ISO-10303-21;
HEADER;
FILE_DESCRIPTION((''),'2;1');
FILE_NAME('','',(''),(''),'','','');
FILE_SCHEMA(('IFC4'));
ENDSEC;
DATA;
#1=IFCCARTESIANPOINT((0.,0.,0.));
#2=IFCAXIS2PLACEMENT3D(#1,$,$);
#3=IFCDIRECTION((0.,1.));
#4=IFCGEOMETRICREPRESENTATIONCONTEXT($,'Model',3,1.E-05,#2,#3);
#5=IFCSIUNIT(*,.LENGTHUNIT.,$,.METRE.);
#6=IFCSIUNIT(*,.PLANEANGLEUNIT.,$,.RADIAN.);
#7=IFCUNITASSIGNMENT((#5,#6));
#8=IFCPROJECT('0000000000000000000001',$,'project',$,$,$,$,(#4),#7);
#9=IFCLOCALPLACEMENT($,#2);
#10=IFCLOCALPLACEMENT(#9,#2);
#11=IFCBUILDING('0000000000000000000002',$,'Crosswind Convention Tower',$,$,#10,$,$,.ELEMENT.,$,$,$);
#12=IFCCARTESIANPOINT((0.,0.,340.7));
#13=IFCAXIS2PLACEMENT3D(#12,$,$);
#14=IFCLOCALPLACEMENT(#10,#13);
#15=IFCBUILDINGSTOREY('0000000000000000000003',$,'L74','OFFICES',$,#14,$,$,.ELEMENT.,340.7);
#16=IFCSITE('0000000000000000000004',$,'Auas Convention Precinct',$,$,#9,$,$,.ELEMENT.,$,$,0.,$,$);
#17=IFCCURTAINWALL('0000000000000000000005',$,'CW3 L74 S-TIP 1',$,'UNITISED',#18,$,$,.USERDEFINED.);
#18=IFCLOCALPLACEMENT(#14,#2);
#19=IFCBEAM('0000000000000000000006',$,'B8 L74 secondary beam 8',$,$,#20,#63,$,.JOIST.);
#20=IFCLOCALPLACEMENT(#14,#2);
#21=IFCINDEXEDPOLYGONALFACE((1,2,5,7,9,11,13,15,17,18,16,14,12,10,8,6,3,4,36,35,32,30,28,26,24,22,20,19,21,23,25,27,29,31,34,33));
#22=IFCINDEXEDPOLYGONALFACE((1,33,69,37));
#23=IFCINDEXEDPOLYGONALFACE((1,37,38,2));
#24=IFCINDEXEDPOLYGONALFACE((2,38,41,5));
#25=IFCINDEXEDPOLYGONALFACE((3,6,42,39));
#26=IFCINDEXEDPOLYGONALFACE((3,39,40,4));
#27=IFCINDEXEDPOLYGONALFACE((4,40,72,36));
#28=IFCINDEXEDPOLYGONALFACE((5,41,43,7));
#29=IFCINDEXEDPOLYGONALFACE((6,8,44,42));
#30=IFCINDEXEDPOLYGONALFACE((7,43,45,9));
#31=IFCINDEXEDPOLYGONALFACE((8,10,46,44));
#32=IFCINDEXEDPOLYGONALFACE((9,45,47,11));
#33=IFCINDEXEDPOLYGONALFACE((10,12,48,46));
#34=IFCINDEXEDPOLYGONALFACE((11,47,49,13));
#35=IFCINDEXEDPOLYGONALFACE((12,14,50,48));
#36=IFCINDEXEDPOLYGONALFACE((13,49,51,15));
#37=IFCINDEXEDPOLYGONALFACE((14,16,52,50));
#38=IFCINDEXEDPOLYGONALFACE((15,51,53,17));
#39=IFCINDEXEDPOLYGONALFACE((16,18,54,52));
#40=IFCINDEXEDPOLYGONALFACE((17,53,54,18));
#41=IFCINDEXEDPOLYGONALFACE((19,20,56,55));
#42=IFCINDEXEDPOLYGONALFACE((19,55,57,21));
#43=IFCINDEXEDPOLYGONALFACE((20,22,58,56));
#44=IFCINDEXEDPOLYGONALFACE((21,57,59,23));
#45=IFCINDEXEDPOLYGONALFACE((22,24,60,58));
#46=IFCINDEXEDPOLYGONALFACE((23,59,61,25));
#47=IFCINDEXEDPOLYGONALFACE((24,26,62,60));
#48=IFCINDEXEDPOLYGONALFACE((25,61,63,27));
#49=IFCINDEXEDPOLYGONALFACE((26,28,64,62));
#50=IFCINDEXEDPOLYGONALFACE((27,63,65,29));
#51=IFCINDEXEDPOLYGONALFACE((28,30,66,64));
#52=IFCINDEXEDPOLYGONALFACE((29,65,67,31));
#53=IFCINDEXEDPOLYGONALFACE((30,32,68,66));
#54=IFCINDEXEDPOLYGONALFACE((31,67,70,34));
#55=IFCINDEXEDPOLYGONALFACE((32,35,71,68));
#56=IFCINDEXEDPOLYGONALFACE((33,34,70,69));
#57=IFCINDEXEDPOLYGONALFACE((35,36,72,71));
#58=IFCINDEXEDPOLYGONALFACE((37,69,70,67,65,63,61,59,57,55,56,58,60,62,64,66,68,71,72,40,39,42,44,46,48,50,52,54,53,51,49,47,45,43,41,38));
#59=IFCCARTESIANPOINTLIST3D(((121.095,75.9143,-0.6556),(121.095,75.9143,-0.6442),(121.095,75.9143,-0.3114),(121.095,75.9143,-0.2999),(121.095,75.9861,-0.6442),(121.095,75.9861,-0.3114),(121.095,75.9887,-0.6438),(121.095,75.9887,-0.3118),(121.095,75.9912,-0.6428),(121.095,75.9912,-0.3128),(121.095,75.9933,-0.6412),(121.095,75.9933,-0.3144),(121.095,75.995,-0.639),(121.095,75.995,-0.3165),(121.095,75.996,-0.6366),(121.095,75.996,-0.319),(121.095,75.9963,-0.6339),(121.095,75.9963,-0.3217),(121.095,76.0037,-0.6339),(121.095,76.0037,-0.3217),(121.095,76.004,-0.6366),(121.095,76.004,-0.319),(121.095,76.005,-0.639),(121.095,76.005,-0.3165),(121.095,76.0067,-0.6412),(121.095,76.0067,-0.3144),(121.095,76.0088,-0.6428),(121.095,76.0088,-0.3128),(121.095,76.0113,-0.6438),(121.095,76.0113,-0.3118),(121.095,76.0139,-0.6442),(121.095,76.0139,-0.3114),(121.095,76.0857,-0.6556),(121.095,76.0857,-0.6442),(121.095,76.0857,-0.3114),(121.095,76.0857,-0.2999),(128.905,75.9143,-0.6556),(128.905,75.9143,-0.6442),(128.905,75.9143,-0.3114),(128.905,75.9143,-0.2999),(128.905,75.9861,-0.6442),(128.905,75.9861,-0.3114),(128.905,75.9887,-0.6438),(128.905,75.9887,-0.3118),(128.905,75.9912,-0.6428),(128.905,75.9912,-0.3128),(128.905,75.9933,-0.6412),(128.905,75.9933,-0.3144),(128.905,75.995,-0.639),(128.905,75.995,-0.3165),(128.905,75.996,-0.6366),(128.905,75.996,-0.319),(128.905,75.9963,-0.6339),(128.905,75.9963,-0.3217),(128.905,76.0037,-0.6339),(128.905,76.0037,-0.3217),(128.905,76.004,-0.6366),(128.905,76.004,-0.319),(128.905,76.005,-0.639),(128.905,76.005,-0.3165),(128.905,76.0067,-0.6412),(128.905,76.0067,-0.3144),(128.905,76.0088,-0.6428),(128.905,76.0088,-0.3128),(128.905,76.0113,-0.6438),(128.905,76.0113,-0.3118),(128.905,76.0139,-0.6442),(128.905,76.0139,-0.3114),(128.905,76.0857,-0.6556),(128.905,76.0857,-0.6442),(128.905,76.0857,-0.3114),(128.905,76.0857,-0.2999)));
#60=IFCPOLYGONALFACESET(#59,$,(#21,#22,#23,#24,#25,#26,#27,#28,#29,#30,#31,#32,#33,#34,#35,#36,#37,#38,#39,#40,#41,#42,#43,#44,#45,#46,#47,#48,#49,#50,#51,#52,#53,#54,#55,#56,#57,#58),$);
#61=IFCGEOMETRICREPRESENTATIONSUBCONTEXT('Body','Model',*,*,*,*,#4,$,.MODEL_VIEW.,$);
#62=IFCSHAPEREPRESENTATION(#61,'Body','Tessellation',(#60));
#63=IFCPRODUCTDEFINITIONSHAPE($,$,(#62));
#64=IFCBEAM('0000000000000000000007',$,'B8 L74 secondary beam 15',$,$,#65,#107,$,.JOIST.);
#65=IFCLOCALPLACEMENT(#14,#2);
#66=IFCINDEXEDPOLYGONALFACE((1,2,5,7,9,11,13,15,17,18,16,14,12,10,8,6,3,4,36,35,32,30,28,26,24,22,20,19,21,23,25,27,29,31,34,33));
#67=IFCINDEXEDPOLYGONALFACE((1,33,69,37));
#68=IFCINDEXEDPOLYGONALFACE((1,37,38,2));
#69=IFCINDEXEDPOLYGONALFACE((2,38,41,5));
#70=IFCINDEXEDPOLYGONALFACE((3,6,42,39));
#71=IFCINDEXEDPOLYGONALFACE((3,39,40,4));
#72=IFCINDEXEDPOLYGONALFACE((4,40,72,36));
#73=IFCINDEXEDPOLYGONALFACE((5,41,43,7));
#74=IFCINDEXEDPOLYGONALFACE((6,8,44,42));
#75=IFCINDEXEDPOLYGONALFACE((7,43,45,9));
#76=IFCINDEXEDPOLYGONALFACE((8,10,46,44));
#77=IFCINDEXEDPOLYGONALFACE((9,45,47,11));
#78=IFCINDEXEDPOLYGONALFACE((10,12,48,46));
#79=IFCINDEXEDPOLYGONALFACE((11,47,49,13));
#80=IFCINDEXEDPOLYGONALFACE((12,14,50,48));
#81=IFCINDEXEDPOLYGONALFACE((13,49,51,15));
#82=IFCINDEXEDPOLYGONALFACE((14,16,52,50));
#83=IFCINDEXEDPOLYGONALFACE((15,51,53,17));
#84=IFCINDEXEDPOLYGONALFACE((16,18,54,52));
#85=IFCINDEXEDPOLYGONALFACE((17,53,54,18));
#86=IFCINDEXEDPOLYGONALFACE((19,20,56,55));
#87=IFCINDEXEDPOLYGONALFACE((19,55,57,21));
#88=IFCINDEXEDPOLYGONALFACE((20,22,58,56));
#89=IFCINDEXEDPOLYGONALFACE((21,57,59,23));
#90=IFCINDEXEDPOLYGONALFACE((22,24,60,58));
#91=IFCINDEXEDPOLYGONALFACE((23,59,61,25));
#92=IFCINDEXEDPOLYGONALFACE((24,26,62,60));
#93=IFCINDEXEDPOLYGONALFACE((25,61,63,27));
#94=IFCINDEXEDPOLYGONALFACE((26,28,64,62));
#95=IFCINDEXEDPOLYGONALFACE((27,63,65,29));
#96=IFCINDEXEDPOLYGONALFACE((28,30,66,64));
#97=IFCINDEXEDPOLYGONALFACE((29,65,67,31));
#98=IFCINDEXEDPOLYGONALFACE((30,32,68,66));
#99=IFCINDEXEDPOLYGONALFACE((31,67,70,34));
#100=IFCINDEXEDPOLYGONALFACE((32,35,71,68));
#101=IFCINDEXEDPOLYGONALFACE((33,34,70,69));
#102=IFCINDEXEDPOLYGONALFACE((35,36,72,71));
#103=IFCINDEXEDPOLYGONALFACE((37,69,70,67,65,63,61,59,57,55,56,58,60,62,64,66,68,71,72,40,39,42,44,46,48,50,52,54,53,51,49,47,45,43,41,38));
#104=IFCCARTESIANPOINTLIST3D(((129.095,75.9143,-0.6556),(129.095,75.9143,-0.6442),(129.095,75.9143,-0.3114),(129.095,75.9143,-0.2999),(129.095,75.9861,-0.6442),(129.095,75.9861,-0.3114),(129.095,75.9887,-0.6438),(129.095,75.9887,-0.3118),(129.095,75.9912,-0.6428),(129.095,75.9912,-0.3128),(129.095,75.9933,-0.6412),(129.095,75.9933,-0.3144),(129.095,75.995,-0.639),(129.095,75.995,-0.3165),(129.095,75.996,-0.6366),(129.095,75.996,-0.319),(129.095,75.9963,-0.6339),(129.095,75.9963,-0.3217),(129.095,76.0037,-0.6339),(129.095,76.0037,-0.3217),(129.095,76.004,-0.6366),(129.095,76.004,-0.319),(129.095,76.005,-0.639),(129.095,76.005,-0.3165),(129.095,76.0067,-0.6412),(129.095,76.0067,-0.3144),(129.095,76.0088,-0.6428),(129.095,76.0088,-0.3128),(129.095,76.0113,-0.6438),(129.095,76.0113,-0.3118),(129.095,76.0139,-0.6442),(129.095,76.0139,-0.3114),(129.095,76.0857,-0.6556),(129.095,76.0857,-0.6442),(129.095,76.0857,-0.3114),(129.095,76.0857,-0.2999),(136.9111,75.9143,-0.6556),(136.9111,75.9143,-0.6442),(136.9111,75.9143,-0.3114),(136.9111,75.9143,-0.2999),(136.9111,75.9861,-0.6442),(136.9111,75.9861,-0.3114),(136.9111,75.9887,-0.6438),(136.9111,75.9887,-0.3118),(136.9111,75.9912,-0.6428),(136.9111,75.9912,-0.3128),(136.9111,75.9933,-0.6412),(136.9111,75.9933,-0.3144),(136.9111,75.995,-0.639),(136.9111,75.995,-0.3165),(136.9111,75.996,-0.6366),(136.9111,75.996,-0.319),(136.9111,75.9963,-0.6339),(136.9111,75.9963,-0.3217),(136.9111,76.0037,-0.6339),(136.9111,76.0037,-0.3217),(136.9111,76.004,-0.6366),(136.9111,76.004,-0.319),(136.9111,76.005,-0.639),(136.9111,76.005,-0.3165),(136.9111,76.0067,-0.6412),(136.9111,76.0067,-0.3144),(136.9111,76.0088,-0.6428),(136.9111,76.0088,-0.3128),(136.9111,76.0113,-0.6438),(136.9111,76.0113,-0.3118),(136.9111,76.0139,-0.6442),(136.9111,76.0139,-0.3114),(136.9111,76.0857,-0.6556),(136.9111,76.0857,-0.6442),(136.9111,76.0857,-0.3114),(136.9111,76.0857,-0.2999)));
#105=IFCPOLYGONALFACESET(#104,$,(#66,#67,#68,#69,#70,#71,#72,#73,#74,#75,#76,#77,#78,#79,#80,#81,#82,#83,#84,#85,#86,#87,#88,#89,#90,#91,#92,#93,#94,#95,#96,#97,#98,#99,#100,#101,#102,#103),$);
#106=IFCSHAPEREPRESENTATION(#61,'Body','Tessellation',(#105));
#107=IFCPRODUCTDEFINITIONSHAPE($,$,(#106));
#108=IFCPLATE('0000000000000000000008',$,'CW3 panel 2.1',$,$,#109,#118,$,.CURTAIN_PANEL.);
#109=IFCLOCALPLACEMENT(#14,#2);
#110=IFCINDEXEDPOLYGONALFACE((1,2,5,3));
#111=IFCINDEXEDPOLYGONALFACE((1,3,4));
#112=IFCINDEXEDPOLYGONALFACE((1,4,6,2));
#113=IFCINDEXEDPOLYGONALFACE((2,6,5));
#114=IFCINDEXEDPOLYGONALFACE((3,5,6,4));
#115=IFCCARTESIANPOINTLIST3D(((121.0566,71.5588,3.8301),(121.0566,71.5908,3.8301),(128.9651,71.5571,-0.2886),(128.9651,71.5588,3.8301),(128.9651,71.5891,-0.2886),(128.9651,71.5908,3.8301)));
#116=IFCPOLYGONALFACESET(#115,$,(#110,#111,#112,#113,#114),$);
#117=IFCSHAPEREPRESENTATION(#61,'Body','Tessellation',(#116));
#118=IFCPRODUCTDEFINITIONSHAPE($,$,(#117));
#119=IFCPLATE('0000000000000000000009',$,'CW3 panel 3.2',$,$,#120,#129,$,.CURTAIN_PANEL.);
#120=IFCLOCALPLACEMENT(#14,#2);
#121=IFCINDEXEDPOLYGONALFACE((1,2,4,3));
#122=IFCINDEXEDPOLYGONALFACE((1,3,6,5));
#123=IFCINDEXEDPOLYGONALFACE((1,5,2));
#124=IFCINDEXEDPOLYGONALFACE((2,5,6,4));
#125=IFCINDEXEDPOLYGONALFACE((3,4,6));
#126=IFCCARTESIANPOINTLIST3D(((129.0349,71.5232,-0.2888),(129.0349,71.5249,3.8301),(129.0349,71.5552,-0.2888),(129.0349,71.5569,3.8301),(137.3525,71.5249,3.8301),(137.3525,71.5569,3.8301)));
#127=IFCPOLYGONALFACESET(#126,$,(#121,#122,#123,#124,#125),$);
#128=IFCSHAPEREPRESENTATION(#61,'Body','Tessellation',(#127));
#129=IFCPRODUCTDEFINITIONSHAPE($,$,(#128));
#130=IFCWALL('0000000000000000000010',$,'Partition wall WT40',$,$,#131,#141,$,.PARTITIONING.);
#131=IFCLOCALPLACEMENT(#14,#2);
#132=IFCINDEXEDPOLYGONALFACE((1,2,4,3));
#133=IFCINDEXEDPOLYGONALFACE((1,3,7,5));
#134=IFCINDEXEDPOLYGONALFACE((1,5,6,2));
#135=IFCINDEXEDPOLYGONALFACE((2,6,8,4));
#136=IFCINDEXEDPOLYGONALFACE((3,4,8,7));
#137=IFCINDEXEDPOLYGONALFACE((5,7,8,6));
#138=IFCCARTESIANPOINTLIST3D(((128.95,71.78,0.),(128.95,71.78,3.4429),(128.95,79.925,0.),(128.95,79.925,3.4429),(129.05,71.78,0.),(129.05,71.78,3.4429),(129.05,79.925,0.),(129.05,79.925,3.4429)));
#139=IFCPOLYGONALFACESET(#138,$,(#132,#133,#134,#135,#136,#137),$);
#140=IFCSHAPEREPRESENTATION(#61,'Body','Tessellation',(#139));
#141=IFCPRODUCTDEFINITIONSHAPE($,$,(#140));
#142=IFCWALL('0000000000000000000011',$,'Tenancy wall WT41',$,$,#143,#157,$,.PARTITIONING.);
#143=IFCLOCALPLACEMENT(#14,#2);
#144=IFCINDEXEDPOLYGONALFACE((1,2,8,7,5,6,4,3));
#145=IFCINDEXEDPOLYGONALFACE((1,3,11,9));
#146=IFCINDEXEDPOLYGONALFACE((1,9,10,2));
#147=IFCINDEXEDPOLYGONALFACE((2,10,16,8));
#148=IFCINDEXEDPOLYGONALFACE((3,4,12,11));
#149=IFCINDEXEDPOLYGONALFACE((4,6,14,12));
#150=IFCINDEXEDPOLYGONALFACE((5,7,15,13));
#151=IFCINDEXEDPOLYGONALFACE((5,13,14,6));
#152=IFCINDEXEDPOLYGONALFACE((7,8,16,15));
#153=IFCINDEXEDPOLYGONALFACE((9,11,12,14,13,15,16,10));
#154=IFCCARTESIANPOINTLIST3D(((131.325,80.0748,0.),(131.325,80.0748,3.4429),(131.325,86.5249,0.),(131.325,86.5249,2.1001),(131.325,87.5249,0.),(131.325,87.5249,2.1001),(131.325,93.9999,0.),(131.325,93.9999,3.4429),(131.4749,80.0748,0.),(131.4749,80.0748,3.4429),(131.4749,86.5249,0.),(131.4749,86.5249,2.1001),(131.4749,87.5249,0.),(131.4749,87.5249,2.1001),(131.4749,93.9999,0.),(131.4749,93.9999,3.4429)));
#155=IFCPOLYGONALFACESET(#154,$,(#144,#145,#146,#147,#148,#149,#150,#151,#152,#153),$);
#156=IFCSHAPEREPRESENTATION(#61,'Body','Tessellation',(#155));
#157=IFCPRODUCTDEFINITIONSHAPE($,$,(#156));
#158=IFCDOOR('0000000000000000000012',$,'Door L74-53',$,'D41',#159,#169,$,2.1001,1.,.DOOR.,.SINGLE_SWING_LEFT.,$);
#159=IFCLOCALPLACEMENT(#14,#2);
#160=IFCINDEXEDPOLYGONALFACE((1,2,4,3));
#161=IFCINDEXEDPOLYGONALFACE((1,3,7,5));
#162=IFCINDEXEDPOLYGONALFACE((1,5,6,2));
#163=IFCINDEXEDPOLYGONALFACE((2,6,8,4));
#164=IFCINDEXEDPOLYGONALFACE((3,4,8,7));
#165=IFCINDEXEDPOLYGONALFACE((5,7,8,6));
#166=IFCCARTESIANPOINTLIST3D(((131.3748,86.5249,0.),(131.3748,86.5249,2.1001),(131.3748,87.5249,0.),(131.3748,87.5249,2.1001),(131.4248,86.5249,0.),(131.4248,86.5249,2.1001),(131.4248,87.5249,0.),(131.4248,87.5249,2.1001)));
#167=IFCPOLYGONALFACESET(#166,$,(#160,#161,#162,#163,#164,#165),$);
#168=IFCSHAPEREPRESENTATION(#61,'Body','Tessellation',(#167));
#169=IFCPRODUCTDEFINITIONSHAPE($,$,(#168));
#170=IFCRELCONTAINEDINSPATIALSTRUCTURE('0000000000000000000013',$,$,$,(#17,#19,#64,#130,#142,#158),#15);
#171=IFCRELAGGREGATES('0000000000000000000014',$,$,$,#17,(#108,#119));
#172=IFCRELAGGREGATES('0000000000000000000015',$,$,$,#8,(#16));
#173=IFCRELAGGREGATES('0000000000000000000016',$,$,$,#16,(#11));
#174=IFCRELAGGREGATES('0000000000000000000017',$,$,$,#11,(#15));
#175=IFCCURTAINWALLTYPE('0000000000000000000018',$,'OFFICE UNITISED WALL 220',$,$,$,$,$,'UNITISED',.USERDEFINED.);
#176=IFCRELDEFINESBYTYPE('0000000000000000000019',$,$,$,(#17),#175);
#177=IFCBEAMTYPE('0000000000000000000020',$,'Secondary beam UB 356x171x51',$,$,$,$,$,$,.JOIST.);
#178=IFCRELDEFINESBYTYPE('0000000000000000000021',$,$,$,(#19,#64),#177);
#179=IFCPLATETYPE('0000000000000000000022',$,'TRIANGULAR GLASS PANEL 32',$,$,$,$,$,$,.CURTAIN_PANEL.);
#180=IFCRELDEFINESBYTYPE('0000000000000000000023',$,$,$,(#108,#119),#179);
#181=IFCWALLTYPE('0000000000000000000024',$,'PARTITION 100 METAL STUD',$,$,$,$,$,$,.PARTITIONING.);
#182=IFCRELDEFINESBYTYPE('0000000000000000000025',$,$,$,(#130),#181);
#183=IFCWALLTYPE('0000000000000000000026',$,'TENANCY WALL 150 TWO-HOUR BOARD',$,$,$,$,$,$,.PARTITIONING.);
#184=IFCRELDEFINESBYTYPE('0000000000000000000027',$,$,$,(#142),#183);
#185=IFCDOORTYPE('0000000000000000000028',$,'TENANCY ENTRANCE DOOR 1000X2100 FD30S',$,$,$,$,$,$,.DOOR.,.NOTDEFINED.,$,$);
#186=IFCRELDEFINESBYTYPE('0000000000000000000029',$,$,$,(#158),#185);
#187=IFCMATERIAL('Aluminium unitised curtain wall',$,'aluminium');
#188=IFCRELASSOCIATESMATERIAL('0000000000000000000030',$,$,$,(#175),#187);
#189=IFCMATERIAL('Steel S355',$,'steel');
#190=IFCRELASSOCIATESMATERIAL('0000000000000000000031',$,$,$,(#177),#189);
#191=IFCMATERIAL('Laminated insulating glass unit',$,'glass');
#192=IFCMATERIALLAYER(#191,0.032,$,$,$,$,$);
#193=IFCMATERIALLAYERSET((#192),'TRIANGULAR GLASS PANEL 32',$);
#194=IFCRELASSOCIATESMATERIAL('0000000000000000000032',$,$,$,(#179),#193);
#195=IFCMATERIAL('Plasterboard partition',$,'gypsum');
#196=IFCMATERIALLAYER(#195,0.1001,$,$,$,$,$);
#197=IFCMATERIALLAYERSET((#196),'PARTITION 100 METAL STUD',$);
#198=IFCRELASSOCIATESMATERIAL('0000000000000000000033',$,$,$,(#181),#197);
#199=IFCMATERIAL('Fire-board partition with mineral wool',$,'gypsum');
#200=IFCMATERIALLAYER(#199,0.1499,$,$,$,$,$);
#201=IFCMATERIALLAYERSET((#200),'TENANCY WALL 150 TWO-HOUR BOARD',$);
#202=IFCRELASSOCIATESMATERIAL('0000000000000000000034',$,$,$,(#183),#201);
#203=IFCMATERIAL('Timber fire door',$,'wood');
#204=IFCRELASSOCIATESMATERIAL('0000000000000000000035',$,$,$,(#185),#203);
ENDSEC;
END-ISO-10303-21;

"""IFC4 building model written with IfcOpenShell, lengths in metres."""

from ifc_helpers import new_model, si_unit, direction, frame, frame_2d, origin, origin_2d, place, context, subcontext, project, spatial, polyline, rectangle, i_section, outline, extrude, material, layer, layer_set, material_profile, profile_set, type_object, element, fill, aggregate, save


model = new_model("IFC4")

# Units and contexts
model_context = context("Model", 3, precision=1e-05, world=origin(), true_north=direction((0.0, 1.0)))
body_context = subcontext(model_context, "Body", "Model", "MODEL_VIEW")
ifc_project = project(units=[si_unit("LENGTHUNIT", "METRE"), si_unit("PLANEANGLEUNIT", "RADIAN")], contexts=[model_context])

# Site, building, storey
site_placement = place(None, origin())
site = spatial("IfcSite", under=ifc_project, at=site_placement, Name="Auas Convention Precinct", CompositionType="ELEMENT", RefElevation=0.0)
building_placement = place(site_placement, origin())
building = spatial("IfcBuilding", under=site, at=building_placement, Name="Crosswind Convention Tower", CompositionType="ELEMENT")
storey_placement = place(building_placement, frame((0.0, 0.0, 340.7)))
storey = spatial("IfcBuildingStorey", under=building, at=storey_placement, Name="L74", Description="OFFICES", CompositionType="ELEMENT", Elevation=340.7)

# Shared definitions
ifc_material_1 = material(Name="Steel S355", Category="steel")

# Curtain wall
ifc_material_2 = material(Name="Aluminium unitised curtain wall", Category="aluminium")
curtain_wall_type = type_object("IfcCurtainWallType", Name="OFFICE UNITISED WALL 220", ElementType="UNITISED", PredefinedType="USERDEFINED", material=ifc_material_2)
curtain_wall_placement = place(storey_placement, origin())
curtain_wall = element("IfcCurtainWall", 1, at=curtain_wall_placement, inside=storey, type_object=curtain_wall_type, Name="CW3 L74 S-TIP 1", ObjectType="UNITISED", PredefinedType="USERDEFINED")

# Beams
ifc_material_profile_1 = material_profile(ifc_material_1, i_section(OverallWidth=0.1714, OverallDepth=0.3557, WebThickness=0.0073, FlangeThickness=0.0115, FilletRadius=0.0103, at=origin_2d()), Name="UB 356x171x51")
ifc_profile_set_1 = profile_set([ifc_material_profile_1], Name="Steel S355")
beam_type_1 = type_object("IfcBeamType", Name="Secondary beam UB 356x171x51", PredefinedType="JOIST", material=ifc_profile_set_1)
beam_1_placement = place(storey_placement, frame((121.095, 76.0, -0.4778), z_axis=(1.0, 0.0, 0.0), x_axis=(0.0, 1.0, 0.0)))
element("IfcBeam", 2, at=beam_1_placement, inside=storey, type_object=beam_type_1, Name="B8 L74 secondary beam 8", PredefinedType="JOIST", context=body_context, shape_type="SweptSolid", body=[
    extrude(i_section(OverallWidth=0.1714, OverallDepth=0.3557, WebThickness=0.0073, FlangeThickness=0.0115, FilletRadius=0.0103, at=origin_2d()), origin(), (0.0, 0.0, 1.0), 7.8101),
])
beam_2_placement = place(storey_placement, frame((129.095, 76.0, -0.4778), z_axis=(1.0, 0.0, 0.0), x_axis=(0.0, 1.0, 0.0)))
element("IfcBeam", 3, at=beam_2_placement, inside=storey, type_object=beam_type_1, Name="B8 L74 secondary beam 15", PredefinedType="JOIST", context=body_context, shape_type="SweptSolid", body=[
    extrude(i_section(OverallWidth=0.1714, OverallDepth=0.3557, WebThickness=0.0073, FlangeThickness=0.0115, FilletRadius=0.0103, at=origin_2d()), origin(), (0.0, 0.0, 1.0), 7.8162),
])

# Plates
ifc_material_3 = material(Name="Laminated insulating glass unit", Category="glass")
ifc_layer_1 = layer(ifc_material_3, 0.032)
ifc_layer_set_1 = layer_set([ifc_layer_1], Name="TRIANGULAR GLASS PANEL 32")
plate_type = type_object("IfcPlateType", Name="TRIANGULAR GLASS PANEL 32", PredefinedType="CURTAIN_PANEL", material=ifc_layer_set_1)
plate_1_placement = place(storey_placement, frame((128.9651, 71.5588, 3.8301), z_axis=(0.0, -1.0, 0.000415), x_axis=(-1.0, 0.0, 0.0)))
plate_1 = element("IfcPlate", 4, at=plate_1_placement, type_object=plate_type, Name="CW3 panel 2.1", PredefinedType="CURTAIN_PANEL", context=body_context, shape_type="SweptSolid", body=[
    extrude(outline(polyline([(0.0, 0.0), (7.9084, 0.0), (0.0, 4.1187), (0.0, 0.0)])), origin(), (0.0, 0.0, -1.0), 0.032),
])
plate_2_placement = place(storey_placement, frame((129.0349, 71.5249, 3.8301), z_axis=(0.0, -1.0, 0.000415), x_axis=(0.0, -0.000415, -1.0)))
plate_2 = element("IfcPlate", 5, at=plate_2_placement, type_object=plate_type, Name="CW3 panel 3.2", PredefinedType="CURTAIN_PANEL", context=body_context, shape_type="SweptSolid", body=[
    extrude(outline(polyline([(0.0, 0.0), (4.1189, 0.0), (0.0, 8.3176), (0.0, 0.0)])), origin(), (0.0, 0.0, -1.0), 0.032),
])
aggregate(curtain_wall, [plate_1, plate_2])

# Wall
ifc_material_4 = material(Name="Plasterboard partition", Category="gypsum")
ifc_layer_2 = layer(ifc_material_4, 0.1001)
ifc_layer_set_2 = layer_set([ifc_layer_2], Name="PARTITION 100 METAL STUD")
wall_type_1 = type_object("IfcWallType", Name="PARTITION 100 METAL STUD", PredefinedType="PARTITIONING", material=ifc_layer_set_2)
wall_1_placement = place(storey_placement, frame((129.0, 71.78, 0.0), z_axis=(0.0, 0.0, 1.0), x_axis=(0.0, 1.0, 0.0)))
element("IfcWall", 6, at=wall_1_placement, inside=storey, type_object=wall_type_1, Name="Partition wall WT40", PredefinedType="PARTITIONING", context=body_context, shape_type="SweptSolid", body=[
    extrude(rectangle(XDim=8.145, YDim=0.1001, at=frame_2d((4.0725, 0.0))), origin(), (0.0, 0.0, 1.0), 3.4429),
])

# Wall, opening, door
ifc_material_5 = material(Name="Fire-board partition with mineral wool", Category="gypsum")
ifc_layer_3 = layer(ifc_material_5, 0.1499)
ifc_layer_set_3 = layer_set([ifc_layer_3], Name="TENANCY WALL 150 TWO-HOUR BOARD")
wall_type_2 = type_object("IfcWallType", Name="TENANCY WALL 150 TWO-HOUR BOARD", PredefinedType="PARTITIONING", material=ifc_layer_set_3)
wall_2_placement = place(storey_placement, frame((131.3999, 80.075, 0.0), z_axis=(0.0, 0.0, 1.0), x_axis=(0.0, 1.0, 0.0)))
wall_2 = element("IfcWall", 7, at=wall_2_placement, inside=storey, type_object=wall_type_2, Name="Tenancy wall WT41", PredefinedType="PARTITIONING", context=body_context, shape_type="SweptSolid", body=[
    extrude(rectangle(XDim=13.925, YDim=0.1499, at=frame_2d((6.9624, 0.0))), origin(), (0.0, 0.0, 1.0), 3.4429),
])
opening_placement = place(wall_2_placement, frame((6.45, 0.0, 0.0)))
opening = element("IfcOpeningElement", 8, at=opening_placement, cuts=wall_2, PredefinedType="OPENING", context=body_context, shape_type="SweptSolid", body=[
    extrude(rectangle(XDim=1.0, YDim=2.1001, at=frame_2d((0.5, 1.05))), frame((0.0, 0.085, 0.0), z_axis=(0.0, -1.0, 0.0), x_axis=(1.0, 0.0, 0.0)), (0.0, 0.0, 1.0), 0.1699),
])
ifc_material_6 = material(Name="Timber fire door", Category="wood")
door_type = type_object("IfcDoorType", Name="TENANCY ENTRANCE DOOR 1000X2100 FD30S", OperationType="NOTDEFINED", PredefinedType="DOOR", material=ifc_material_6)
door_placement = place(opening_placement, frame((1.0, 0.0, 0.0), z_axis=(0.0, 0.0, 1.0), x_axis=(-1.0, 0.0, 0.0)))
door = element("IfcDoor", 9, at=door_placement, inside=storey, type_object=door_type, Name="Door L74-53", ObjectType="D41", OperationType="SINGLE_SWING_LEFT", OverallHeight=2.1001, OverallWidth=1.0, PredefinedType="DOOR", context=body_context, shape_type="SweptSolid", body=[
    extrude(rectangle(XDim=1.0, YDim=2.1001, at=frame_2d((0.5, 1.05))), frame((0.0, 0.0249, 0.0), z_axis=(0.0, -1.0, 0.0), x_axis=(1.0, 0.0, 0.0)), (0.0, 0.0, 1.0), 0.05),
])
fill(opening, door)

save(model, "model.ifc")
